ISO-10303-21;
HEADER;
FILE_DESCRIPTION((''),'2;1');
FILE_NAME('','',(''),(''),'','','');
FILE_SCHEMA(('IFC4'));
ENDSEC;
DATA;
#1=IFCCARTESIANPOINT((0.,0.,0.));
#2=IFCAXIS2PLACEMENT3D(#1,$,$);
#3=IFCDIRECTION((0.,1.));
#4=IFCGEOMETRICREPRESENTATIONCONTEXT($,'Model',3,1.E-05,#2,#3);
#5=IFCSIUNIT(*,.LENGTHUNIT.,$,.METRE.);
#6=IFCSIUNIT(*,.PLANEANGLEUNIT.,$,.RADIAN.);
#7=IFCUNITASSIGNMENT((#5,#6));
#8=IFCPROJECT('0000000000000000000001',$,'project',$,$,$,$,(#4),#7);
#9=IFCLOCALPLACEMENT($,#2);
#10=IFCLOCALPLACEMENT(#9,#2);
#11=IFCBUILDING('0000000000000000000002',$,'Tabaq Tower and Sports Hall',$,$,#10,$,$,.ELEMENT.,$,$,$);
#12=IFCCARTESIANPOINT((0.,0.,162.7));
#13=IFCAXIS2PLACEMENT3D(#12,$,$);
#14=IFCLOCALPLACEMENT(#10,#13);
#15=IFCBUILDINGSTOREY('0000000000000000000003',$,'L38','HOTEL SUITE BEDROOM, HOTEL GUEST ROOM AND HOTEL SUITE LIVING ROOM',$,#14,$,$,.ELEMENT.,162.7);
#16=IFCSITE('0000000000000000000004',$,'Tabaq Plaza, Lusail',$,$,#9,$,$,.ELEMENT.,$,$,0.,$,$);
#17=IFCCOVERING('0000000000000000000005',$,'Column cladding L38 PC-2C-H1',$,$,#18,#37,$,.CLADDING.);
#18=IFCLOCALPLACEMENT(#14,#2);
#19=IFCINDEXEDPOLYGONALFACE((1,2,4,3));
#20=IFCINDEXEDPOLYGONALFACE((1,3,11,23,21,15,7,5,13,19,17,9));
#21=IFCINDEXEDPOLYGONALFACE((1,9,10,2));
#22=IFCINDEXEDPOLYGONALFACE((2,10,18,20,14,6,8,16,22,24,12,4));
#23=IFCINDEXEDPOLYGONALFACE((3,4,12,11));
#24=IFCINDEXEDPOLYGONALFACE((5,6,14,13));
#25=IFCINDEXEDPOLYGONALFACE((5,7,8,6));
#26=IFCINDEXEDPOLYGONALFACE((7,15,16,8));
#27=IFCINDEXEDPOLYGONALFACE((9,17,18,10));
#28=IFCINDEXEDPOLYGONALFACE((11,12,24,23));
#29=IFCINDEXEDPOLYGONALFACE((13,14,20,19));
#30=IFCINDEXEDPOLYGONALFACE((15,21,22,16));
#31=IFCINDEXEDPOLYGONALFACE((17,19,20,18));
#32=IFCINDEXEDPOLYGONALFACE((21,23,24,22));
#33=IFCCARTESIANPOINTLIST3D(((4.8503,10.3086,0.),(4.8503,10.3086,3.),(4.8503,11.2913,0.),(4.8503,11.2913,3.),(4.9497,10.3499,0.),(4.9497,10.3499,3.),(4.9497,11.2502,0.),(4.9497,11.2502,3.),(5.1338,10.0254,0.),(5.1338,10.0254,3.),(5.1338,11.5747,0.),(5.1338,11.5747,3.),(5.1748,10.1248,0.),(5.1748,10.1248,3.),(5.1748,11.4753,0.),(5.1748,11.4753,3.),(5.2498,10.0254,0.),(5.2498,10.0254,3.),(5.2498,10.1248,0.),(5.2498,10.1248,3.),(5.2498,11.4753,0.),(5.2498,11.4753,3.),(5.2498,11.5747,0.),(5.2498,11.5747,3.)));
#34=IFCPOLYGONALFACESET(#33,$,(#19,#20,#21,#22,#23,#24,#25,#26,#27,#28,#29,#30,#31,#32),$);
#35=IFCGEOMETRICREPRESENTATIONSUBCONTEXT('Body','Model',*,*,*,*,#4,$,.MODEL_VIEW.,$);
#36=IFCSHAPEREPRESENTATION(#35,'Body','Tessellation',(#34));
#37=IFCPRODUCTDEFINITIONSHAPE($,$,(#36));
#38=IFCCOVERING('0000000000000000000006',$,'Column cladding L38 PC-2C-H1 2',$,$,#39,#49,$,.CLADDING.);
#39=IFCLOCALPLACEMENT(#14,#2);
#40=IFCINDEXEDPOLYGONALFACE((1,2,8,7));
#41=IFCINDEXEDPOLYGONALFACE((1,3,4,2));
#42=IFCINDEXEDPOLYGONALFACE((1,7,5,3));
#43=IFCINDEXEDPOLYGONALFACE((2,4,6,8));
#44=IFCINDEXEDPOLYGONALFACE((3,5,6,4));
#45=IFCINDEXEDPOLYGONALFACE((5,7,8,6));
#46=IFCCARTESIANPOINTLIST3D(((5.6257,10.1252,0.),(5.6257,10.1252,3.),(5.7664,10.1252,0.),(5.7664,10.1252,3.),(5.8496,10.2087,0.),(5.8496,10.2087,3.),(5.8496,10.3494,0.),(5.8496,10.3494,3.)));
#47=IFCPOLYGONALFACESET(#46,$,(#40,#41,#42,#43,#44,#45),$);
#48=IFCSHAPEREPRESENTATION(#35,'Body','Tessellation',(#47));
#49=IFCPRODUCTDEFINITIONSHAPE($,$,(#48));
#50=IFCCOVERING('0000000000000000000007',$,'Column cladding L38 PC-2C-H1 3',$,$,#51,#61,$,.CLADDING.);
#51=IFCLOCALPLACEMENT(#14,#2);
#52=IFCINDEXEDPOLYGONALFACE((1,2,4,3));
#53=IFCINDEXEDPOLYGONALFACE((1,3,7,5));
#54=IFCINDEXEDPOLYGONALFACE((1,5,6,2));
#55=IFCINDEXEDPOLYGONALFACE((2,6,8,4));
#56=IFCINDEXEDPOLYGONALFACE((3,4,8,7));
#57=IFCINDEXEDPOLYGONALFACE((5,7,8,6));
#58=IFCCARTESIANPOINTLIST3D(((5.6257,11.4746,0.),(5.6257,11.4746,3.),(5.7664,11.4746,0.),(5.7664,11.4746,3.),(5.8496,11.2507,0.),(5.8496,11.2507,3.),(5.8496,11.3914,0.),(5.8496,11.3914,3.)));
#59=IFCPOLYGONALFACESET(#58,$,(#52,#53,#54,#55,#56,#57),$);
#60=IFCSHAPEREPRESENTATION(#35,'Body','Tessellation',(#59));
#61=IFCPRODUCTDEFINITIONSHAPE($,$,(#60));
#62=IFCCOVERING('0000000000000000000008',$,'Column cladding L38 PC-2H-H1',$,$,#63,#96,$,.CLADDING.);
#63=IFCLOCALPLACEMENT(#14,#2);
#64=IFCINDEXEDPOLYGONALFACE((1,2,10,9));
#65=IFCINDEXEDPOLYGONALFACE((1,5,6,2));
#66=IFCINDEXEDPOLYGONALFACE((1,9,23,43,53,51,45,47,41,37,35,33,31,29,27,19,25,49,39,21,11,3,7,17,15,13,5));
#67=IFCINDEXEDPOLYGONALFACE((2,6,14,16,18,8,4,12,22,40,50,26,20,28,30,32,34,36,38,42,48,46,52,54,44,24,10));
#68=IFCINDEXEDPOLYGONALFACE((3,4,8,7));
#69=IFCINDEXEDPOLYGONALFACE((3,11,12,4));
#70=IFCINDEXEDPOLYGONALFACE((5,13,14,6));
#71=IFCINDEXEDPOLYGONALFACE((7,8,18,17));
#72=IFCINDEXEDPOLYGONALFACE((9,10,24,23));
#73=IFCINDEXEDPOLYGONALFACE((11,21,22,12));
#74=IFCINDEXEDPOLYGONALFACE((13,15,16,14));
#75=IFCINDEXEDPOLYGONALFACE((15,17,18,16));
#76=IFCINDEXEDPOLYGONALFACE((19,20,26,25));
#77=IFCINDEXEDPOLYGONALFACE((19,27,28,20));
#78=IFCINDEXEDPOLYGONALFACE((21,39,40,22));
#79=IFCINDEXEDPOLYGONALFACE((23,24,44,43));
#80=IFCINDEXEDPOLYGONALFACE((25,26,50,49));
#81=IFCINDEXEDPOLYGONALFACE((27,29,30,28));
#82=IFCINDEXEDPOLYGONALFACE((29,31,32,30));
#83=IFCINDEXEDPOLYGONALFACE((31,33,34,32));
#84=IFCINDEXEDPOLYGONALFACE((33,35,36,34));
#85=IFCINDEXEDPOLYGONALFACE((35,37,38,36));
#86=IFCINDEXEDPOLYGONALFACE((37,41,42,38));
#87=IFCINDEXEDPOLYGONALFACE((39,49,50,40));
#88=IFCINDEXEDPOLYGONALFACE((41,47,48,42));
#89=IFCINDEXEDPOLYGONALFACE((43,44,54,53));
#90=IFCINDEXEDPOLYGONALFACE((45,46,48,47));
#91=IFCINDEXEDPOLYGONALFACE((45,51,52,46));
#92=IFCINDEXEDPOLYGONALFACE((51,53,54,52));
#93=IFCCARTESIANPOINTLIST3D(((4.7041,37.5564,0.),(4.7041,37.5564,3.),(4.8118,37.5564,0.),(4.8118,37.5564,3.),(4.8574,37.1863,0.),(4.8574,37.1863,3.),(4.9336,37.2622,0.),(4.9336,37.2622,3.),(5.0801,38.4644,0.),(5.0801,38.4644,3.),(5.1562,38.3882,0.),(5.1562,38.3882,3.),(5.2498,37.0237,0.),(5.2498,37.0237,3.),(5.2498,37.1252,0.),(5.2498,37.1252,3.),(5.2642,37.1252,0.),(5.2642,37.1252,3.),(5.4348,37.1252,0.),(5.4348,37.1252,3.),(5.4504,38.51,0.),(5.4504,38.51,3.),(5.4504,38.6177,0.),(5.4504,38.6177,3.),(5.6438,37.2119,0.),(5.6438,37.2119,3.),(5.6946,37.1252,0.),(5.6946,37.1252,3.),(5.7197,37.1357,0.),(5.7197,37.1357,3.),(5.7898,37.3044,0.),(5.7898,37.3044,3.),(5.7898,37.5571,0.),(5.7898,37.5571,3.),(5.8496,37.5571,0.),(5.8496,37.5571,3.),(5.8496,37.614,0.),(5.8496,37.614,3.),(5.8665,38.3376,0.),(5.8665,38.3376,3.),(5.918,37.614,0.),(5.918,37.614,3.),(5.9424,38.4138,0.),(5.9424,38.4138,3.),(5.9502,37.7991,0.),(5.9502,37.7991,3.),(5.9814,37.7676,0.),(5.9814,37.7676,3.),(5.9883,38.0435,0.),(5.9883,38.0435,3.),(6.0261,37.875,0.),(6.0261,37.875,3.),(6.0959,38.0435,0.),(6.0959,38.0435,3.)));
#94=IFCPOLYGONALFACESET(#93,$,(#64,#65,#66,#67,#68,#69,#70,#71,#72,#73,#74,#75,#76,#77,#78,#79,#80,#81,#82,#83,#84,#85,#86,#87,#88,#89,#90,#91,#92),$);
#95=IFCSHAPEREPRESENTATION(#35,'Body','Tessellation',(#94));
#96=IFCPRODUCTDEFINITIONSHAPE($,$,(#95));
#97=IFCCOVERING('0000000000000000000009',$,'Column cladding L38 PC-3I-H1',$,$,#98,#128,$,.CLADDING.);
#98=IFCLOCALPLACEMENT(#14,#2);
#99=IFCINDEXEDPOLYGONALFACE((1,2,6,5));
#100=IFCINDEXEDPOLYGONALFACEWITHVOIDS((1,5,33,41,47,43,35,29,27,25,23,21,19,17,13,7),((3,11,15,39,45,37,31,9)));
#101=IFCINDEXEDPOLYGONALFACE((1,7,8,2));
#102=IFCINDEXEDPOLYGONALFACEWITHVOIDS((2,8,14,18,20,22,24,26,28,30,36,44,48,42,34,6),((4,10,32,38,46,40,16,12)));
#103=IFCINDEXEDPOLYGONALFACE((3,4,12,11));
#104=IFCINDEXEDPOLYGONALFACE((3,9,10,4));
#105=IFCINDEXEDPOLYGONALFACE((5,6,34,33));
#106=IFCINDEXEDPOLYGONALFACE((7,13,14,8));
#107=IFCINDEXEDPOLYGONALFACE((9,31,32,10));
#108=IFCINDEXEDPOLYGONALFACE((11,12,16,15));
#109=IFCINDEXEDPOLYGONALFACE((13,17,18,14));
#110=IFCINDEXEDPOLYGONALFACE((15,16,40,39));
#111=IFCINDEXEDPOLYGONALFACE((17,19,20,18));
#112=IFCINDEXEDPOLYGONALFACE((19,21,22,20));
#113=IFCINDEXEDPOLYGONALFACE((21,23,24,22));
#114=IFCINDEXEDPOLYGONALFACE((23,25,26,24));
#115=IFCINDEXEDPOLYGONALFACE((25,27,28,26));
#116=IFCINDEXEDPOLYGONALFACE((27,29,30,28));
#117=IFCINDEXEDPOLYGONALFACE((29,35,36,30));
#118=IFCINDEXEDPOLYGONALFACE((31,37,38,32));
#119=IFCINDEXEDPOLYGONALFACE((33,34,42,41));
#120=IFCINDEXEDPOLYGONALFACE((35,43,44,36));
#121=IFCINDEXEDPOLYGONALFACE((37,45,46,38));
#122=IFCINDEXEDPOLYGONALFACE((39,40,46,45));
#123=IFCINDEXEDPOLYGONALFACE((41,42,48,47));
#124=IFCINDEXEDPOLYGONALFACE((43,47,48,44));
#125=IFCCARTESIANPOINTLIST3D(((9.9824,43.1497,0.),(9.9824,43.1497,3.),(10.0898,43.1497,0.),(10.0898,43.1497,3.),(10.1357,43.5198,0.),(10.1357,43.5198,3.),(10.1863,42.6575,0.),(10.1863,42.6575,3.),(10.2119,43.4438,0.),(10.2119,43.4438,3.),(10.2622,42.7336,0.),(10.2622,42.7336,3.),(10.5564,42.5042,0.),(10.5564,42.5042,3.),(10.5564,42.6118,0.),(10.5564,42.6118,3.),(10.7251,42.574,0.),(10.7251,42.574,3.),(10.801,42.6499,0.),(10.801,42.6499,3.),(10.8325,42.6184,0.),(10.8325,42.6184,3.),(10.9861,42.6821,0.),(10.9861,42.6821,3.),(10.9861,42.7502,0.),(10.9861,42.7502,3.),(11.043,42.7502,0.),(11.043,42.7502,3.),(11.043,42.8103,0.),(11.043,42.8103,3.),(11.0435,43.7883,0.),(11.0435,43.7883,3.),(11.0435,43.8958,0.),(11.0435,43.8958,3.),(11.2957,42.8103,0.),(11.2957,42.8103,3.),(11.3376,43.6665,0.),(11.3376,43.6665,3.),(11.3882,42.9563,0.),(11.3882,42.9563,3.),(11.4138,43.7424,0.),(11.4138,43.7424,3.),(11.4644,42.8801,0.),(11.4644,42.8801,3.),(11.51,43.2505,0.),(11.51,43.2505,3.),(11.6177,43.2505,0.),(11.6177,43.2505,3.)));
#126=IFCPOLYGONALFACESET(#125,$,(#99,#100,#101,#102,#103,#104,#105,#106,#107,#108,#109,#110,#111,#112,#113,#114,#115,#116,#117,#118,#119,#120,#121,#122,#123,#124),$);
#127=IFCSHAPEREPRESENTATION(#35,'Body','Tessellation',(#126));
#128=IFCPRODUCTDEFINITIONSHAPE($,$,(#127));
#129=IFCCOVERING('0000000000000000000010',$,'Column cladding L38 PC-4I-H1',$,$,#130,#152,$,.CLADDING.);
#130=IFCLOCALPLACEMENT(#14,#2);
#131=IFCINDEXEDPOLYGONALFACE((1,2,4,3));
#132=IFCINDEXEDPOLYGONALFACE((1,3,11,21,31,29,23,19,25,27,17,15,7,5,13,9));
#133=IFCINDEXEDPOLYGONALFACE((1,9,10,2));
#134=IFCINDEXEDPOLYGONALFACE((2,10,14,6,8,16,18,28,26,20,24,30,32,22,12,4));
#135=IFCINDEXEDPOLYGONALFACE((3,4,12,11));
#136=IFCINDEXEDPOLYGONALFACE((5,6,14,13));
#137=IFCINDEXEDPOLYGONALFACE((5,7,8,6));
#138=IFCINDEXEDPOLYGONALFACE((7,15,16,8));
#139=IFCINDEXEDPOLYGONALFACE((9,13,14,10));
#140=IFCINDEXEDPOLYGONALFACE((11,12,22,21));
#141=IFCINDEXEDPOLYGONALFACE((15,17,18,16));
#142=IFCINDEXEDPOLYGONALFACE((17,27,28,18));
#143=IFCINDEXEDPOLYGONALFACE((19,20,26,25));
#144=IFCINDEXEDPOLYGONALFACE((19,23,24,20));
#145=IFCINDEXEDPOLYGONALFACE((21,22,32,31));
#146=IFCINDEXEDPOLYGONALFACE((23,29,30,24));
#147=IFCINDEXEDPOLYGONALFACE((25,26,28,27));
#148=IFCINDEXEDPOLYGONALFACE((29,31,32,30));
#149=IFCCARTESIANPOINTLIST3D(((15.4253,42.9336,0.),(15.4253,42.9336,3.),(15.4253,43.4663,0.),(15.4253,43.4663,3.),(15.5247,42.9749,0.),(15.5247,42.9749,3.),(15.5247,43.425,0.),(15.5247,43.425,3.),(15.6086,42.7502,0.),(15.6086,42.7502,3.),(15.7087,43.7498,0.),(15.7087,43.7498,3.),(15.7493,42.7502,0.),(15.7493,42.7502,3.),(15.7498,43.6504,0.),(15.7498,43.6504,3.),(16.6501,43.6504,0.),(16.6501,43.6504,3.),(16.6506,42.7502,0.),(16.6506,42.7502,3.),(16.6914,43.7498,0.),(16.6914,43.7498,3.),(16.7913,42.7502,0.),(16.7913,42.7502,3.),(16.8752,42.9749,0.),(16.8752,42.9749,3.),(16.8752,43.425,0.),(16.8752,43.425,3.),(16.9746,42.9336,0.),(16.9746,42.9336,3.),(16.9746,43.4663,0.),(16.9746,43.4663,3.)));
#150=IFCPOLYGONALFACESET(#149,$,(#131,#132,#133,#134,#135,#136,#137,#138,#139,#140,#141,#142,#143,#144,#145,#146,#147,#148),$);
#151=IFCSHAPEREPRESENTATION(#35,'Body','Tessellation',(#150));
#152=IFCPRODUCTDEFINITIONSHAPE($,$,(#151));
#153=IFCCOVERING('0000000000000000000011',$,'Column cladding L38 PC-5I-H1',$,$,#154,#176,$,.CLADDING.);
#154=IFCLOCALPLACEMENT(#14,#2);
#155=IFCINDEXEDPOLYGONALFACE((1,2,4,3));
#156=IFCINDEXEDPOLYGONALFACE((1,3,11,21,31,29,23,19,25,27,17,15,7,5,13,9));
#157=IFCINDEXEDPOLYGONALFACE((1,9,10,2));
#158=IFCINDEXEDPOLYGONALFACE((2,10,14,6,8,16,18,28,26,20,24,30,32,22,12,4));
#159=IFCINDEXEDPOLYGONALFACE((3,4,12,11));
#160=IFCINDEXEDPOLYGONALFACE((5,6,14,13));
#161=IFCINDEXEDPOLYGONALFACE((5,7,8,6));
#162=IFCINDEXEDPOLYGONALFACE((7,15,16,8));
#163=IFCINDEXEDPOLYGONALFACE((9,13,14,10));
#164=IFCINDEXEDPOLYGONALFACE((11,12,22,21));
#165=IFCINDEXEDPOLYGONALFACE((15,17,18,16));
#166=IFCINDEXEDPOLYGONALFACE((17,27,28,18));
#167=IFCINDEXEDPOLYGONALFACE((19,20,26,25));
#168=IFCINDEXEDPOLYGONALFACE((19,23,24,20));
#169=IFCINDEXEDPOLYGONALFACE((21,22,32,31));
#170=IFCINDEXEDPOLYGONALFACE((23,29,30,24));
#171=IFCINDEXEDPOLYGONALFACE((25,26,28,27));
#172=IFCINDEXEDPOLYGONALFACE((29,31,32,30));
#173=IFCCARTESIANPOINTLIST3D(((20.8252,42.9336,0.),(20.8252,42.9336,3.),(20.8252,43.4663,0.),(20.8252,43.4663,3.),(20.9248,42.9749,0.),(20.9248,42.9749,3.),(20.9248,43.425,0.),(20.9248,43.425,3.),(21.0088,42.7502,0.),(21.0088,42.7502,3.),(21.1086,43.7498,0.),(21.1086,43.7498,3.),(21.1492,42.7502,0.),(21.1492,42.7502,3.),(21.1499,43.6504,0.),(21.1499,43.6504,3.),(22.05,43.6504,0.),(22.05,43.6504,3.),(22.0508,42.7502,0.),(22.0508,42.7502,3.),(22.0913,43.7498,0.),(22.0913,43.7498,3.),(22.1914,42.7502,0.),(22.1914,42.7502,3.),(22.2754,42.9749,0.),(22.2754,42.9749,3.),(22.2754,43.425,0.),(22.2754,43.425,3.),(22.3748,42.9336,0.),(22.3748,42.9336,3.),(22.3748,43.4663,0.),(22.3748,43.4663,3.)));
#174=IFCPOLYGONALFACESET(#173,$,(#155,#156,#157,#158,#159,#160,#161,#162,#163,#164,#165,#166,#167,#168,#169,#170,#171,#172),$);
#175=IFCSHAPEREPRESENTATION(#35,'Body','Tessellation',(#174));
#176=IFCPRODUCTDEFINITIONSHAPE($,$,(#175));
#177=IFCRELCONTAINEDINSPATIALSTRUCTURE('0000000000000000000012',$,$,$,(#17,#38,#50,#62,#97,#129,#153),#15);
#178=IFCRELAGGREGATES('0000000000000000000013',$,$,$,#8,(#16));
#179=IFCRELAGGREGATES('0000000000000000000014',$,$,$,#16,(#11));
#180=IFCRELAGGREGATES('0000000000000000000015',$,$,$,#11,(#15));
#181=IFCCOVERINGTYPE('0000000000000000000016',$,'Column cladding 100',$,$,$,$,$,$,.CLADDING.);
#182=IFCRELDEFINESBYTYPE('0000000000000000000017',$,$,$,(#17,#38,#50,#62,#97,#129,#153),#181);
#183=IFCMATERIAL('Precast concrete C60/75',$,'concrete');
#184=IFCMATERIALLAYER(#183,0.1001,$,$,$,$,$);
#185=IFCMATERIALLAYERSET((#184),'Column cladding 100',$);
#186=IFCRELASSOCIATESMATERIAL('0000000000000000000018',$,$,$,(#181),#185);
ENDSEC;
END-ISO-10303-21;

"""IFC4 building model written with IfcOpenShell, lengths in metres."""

from ifc_helpers import new_model, si_unit, direction, frame, origin, place, context, subcontext, project, spatial, polyline, outline, extrude, material, layer, layer_set, type_object, element, save


model = new_model("IFC4")

# Units and contexts
model_context = context("Model", 3, precision=1e-05, world=origin(), true_north=direction((0.0, 1.0)))
body_context = subcontext(model_context, "Body", "Model", "MODEL_VIEW")
ifc_project = project(units=[si_unit("LENGTHUNIT", "METRE"), si_unit("PLANEANGLEUNIT", "RADIAN")], contexts=[model_context])

# Site, building, storey
site_placement = place(None, origin())
site = spatial("IfcSite", under=ifc_project, at=site_placement, Name="Tabaq Plaza, Lusail", CompositionType="ELEMENT", RefElevation=0.0)
building_placement = place(site_placement, origin())
building = spatial("IfcBuilding", under=site, at=building_placement, Name="Tabaq Tower and Sports Hall", CompositionType="ELEMENT")
storey_placement = place(building_placement, frame((0.0, 0.0, 162.7)))
storey = spatial("IfcBuildingStorey", under=building, at=storey_placement, Name="L38", Description="HOTEL SUITE BEDROOM, HOTEL GUEST ROOM AND HOTEL SUITE LIVING ROOM", CompositionType="ELEMENT", Elevation=162.7)

# Coverings
ifc_material_1 = material(Name="Precast concrete C60/75", Category="concrete")
ifc_layer_1 = layer(ifc_material_1, 0.1001)
ifc_layer_set_1 = layer_set([ifc_layer_1], Name="Column cladding 100")
covering_type_1 = type_object("IfcCoveringType", Name="Column cladding 100", PredefinedType="CLADDING", material=ifc_layer_set_1)
covering_1_placement = place(storey_placement, origin())
element("IfcCovering", 1, at=covering_1_placement, inside=storey, type_object=covering_type_1, Name="Column cladding L38 PC-2C-H1", PredefinedType="CLADDING", context=body_context, shape_type="SweptSolid", body=[
    extrude(outline(polyline([(5.1338, 10.0254), (4.8503, 10.3086), (4.8503, 11.2913), (5.1338, 11.5747), (5.2498, 11.5747), (5.2498, 11.4753), (5.1748, 11.4753), (4.9497, 11.2502), (4.9497, 10.3499), (5.1748, 10.1248), (5.2498, 10.1248), (5.2498, 10.0254), (5.1338, 10.0254)])), origin(), (0.0, 0.0, 1.0), 3.0),
])
covering_2_placement = place(storey_placement, origin())
element("IfcCovering", 2, at=covering_2_placement, inside=storey, type_object=covering_type_1, Name="Column cladding L38 PC-2C-H1 2", PredefinedType="CLADDING", context=body_context, shape_type="SweptSolid", body=[
    extrude(outline(polyline([(5.7664, 10.1252), (5.6257, 10.1252), (5.8496, 10.3494), (5.8496, 10.2087), (5.7664, 10.1252)])), origin(), (0.0, 0.0, 1.0), 3.0),
])
covering_3_placement = place(storey_placement, origin())
element("IfcCovering", 3, at=covering_3_placement, inside=storey, type_object=covering_type_1, Name="Column cladding L38 PC-2C-H1 3", PredefinedType="CLADDING", context=body_context, shape_type="SweptSolid", body=[
    extrude(outline(polyline([(5.8496, 11.3914), (5.8496, 11.2507), (5.6257, 11.4746), (5.7664, 11.4746), (5.8496, 11.3914)])), origin(), (0.0, 0.0, 1.0), 3.0),
])
covering_4_placement = place(storey_placement, origin())
element("IfcCovering", 4, at=covering_4_placement, inside=storey, type_object=covering_type_1, Name="Column cladding L38 PC-2H-H1", PredefinedType="CLADDING", context=body_context, shape_type="SweptSolid", body=[
    extrude(outline(polyline([(4.8574, 37.1863), (4.7041, 37.5564), (5.0801, 38.4644), (5.4504, 38.6177), (5.9424, 38.4138), (6.0959, 38.0435), (6.0261, 37.875), (5.9502, 37.7991), (5.9814, 37.7676), (5.918, 37.614), (5.8496, 37.614), (5.8496, 37.5571), (5.7898, 37.5571), (5.7898, 37.3044), (5.7197, 37.1357), (5.6946, 37.1252), (5.4348, 37.1252), (5.6438, 37.2119), (5.9883, 38.0435), (5.8665, 38.3376), (5.4504, 38.51), (5.1562, 38.3882), (4.8118, 37.5564), (4.9336, 37.2622), (5.2642, 37.1252), (5.2498, 37.1252), (5.2498, 37.0237), (4.8574, 37.1863)])), origin(), (0.0, 0.0, 1.0), 3.0),
])
covering_5_placement = place(storey_placement, origin())
element("IfcCovering", 5, at=covering_5_placement, inside=storey, type_object=covering_type_1, Name="Column cladding L38 PC-3I-H1", PredefinedType="CLADDING", context=body_context, shape_type="SweptSolid", body=[
    extrude(outline(polyline([(9.9824, 43.1497), (10.1357, 43.5198), (11.0435, 43.8958), (11.4138, 43.7424), (11.6177, 43.2505), (11.4644, 42.8801), (11.2957, 42.8103), (11.043, 42.8103), (11.043, 42.7502), (10.9861, 42.7502), (10.9861, 42.6821), (10.8325, 42.6184), (10.801, 42.6499), (10.7251, 42.574), (10.5564, 42.5042), (10.1863, 42.6575), (9.9824, 43.1497)]), holes=[polyline([(11.51, 43.2505), (11.3376, 43.6665), (11.0435, 43.7883), (10.2119, 43.4438), (10.0898, 43.1497), (10.2622, 42.7336), (10.5564, 42.6118), (11.3882, 42.9563), (11.51, 43.2505)])]), origin(), (0.0, 0.0, 1.0), 3.0),
])
covering_6_placement = place(storey_placement, origin())
element("IfcCovering", 6, at=covering_6_placement, inside=storey, type_object=covering_type_1, Name="Column cladding L38 PC-4I-H1", PredefinedType="CLADDING", context=body_context, shape_type="SweptSolid", body=[
    extrude(outline(polyline([(15.4253, 43.4663), (15.7087, 43.7498), (16.6914, 43.7498), (16.9746, 43.4663), (16.9746, 42.9336), (16.7913, 42.7502), (16.6506, 42.7502), (16.8752, 42.9749), (16.8752, 43.425), (16.6501, 43.6504), (15.7498, 43.6504), (15.5247, 43.425), (15.5247, 42.9749), (15.7493, 42.7502), (15.6086, 42.7502), (15.4253, 42.9336), (15.4253, 43.4663)])), origin(), (0.0, 0.0, 1.0), 3.0),
])
covering_7_placement = place(storey_placement, origin())
element("IfcCovering", 7, at=covering_7_placement, inside=storey, type_object=covering_type_1, Name="Column cladding L38 PC-5I-H1", PredefinedType="CLADDING", context=body_context, shape_type="SweptSolid", body=[
    extrude(outline(polyline([(20.8252, 43.4663), (21.1086, 43.7498), (22.0913, 43.7498), (22.3748, 43.4663), (22.3748, 42.9336), (22.1914, 42.7502), (22.0508, 42.7502), (22.2754, 42.9749), (22.2754, 43.425), (22.05, 43.6504), (21.1499, 43.6504), (20.9248, 43.425), (20.9248, 42.9749), (21.1492, 42.7502), (21.0088, 42.7502), (20.8252, 42.9336), (20.8252, 43.4663)])), origin(), (0.0, 0.0, 1.0), 3.0),
])

save(model, "model.ifc")
